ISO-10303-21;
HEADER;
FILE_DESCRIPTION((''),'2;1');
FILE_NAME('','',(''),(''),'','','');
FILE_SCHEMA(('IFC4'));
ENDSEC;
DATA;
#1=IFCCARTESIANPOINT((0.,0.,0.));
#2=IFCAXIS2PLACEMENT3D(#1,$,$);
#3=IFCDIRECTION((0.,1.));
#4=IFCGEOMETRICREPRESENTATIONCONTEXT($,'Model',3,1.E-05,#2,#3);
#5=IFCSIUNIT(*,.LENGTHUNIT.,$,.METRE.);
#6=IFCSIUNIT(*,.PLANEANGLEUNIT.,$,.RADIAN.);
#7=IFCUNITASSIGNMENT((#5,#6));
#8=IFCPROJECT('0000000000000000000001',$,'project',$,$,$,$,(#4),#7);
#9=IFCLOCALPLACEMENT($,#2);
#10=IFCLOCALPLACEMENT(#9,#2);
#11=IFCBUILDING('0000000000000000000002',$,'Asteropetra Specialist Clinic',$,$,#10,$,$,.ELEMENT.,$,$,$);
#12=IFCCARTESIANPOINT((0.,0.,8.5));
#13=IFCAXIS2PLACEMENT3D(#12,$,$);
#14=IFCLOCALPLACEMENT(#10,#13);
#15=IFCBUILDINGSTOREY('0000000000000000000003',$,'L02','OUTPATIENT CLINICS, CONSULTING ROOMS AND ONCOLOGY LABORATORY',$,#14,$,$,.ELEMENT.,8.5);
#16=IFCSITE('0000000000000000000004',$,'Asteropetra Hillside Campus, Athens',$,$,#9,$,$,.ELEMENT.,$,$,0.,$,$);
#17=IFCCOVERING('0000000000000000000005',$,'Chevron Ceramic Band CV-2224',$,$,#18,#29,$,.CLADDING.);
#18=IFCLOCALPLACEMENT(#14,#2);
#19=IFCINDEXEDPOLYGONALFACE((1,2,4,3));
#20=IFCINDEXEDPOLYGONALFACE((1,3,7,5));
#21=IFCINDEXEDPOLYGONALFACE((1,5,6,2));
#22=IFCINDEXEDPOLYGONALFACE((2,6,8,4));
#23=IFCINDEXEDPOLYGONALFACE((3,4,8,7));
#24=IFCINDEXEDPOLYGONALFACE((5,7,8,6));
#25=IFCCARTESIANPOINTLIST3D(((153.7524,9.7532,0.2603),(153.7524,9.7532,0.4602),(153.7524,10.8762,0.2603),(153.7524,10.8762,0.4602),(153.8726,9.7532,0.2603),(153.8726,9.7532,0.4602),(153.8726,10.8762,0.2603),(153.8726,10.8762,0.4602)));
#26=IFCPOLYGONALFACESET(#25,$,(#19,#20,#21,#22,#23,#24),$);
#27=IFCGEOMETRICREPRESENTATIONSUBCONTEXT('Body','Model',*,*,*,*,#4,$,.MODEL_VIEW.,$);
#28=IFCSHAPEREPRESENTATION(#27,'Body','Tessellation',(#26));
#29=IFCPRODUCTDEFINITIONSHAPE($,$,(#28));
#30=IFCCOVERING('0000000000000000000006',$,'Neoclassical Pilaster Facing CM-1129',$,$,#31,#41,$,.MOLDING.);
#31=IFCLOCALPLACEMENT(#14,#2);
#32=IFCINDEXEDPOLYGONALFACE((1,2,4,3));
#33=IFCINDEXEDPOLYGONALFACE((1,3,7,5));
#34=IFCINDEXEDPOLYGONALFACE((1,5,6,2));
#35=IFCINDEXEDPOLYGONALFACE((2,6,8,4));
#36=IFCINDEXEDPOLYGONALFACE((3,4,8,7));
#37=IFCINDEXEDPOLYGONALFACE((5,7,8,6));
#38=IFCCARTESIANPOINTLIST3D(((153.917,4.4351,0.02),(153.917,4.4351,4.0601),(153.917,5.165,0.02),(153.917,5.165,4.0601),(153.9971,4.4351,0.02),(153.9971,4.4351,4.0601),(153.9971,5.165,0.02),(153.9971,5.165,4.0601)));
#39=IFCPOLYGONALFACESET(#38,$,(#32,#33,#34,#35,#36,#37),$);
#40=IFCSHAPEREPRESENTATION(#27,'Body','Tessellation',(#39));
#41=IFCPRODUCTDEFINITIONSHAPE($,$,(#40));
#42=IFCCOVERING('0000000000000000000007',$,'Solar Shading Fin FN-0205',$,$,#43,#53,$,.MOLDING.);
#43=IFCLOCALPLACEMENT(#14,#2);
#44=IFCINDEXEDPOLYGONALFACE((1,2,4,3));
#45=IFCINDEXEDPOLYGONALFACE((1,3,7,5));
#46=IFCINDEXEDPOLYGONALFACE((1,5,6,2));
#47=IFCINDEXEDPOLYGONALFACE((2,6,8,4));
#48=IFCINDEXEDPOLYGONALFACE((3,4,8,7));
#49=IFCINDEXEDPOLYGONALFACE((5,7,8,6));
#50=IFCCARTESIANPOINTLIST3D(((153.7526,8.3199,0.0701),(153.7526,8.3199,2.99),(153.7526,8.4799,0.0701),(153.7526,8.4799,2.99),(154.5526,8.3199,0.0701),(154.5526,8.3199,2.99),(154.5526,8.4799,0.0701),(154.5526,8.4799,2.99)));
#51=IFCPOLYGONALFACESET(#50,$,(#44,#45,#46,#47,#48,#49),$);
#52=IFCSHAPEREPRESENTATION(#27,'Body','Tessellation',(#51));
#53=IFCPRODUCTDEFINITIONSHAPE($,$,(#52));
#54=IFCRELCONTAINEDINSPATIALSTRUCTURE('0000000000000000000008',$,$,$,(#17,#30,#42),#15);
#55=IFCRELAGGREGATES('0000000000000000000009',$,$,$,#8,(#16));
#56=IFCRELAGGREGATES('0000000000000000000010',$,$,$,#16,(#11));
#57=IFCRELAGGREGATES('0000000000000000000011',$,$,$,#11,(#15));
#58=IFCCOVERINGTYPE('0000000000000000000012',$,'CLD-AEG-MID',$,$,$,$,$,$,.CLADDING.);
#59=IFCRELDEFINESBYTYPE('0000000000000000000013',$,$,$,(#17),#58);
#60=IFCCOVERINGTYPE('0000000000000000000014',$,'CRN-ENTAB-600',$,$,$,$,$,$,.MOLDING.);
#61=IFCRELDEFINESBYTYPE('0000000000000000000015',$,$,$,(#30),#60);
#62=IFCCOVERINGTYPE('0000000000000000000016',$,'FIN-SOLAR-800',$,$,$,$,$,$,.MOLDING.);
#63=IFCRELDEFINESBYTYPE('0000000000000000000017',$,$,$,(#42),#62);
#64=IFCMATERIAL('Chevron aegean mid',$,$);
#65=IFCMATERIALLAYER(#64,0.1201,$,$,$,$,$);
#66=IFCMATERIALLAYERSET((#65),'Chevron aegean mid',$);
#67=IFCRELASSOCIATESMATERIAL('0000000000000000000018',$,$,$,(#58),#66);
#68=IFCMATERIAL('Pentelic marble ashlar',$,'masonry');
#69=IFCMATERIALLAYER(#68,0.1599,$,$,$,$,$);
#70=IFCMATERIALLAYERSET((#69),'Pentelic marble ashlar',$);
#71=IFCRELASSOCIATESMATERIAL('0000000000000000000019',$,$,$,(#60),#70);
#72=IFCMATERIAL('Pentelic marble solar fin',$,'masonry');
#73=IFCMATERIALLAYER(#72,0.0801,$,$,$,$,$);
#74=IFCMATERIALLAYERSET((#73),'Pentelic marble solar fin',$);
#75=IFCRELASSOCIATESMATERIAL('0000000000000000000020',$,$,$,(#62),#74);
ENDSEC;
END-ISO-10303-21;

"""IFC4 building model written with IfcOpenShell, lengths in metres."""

from ifc_helpers import new_model, si_unit, direction, frame, origin, origin_2d, place, context, subcontext, project, spatial, rectangle, extrude, material, layer, layer_set, type_object, element, save


model = new_model("IFC4")

# Units and contexts
model_context = context("Model", 3, precision=1e-05, world=origin(), true_north=direction((0.0, 1.0)))
body_context = subcontext(model_context, "Body", "Model", "MODEL_VIEW")
ifc_project = project(units=[si_unit("LENGTHUNIT", "METRE"), si_unit("PLANEANGLEUNIT", "RADIAN")], contexts=[model_context])

# Site, building, storey
site_placement = place(None, origin())
site = spatial("IfcSite", under=ifc_project, at=site_placement, Name="Asteropetra Hillside Campus, Athens", CompositionType="ELEMENT", RefElevation=0.0)
building_placement = place(site_placement, origin())
building = spatial("IfcBuilding", under=site, at=building_placement, Name="Asteropetra Specialist Clinic", CompositionType="ELEMENT")
storey_placement = place(building_placement, frame((0.0, 0.0, 8.5)))
storey = spatial("IfcBuildingStorey", under=building, at=storey_placement, Name="L02", Description="OUTPATIENT CLINICS, CONSULTING ROOMS AND ONCOLOGY LABORATORY", CompositionType="ELEMENT", Elevation=8.5)

# Coverings
ifc_material_1 = material(Name="Chevron aegean mid")
ifc_layer_1 = layer(ifc_material_1, 0.1201)
ifc_layer_set_1 = layer_set([ifc_layer_1], Name="Chevron aegean mid")
covering_type_1 = type_object("IfcCoveringType", Name="CLD-AEG-MID", PredefinedType="CLADDING", material=ifc_layer_set_1)
for number, where, z_axis, x_axis, name in (
    (1, (153.8125, 10.3147, 0.2603), (0.0, 0.0, 1.0), (1.0, 0.0, 0.0), "Chevron Ceramic Band CV-2224"),
):
    element("IfcCovering", number, at=place(storey_placement, frame(where, z_axis=z_axis, x_axis=x_axis)), inside=storey, type_object=covering_type_1, Name=name, PredefinedType="CLADDING", context=body_context, shape_type="SweptSolid", body=[
        extrude(rectangle(XDim=0.1201, YDim=1.123, at=origin_2d()), origin(), (0.0, 0.0, 1.0), 0.2),
    ])
ifc_material_2 = material(Name="Pentelic marble ashlar", Category="masonry")
ifc_layer_2 = layer(ifc_material_2, 0.1599)
ifc_layer_set_2 = layer_set([ifc_layer_2], Name="Pentelic marble ashlar")
covering_type_2 = type_object("IfcCoveringType", Name="CRN-ENTAB-600", PredefinedType="MOLDING", material=ifc_layer_set_2)
covering_1_placement = place(storey_placement, frame((153.957, 4.8, 0.02), z_axis=(0.0, 0.0, 1.0), x_axis=(1.0, 0.0, 0.0)))
element("IfcCovering", 2, at=covering_1_placement, inside=storey, type_object=covering_type_2, Name="Neoclassical Pilaster Facing CM-1129", PredefinedType="MOLDING", context=body_context, shape_type="SweptSolid", body=[
    extrude(rectangle(XDim=0.0801, YDim=0.73, at=origin_2d()), origin(), (0.0, 0.0, 1.0), 4.04),
])
ifc_material_3 = material(Name="Pentelic marble solar fin", Category="masonry")
ifc_layer_3 = layer(ifc_material_3, 0.0801)
ifc_layer_set_3 = layer_set([ifc_layer_3], Name="Pentelic marble solar fin")
covering_type_3 = type_object("IfcCoveringType", Name="FIN-SOLAR-800", PredefinedType="MOLDING", material=ifc_layer_set_3)
covering_2_placement = place(storey_placement, frame((154.1526, 8.3999, 0.0701), z_axis=(0.0, 0.0, 1.0), x_axis=(1.0, 0.0, 0.0)))
element("IfcCovering", 3, at=covering_2_placement, inside=storey, type_object=covering_type_3, Name="Solar Shading Fin FN-0205", PredefinedType="MOLDING", context=body_context, shape_type="SweptSolid", body=[
    extrude(rectangle(XDim=0.8, YDim=0.1599, at=origin_2d()), origin(), (0.0, 0.0, 1.0), 2.9199),
])

save(model, "model.ifc")
